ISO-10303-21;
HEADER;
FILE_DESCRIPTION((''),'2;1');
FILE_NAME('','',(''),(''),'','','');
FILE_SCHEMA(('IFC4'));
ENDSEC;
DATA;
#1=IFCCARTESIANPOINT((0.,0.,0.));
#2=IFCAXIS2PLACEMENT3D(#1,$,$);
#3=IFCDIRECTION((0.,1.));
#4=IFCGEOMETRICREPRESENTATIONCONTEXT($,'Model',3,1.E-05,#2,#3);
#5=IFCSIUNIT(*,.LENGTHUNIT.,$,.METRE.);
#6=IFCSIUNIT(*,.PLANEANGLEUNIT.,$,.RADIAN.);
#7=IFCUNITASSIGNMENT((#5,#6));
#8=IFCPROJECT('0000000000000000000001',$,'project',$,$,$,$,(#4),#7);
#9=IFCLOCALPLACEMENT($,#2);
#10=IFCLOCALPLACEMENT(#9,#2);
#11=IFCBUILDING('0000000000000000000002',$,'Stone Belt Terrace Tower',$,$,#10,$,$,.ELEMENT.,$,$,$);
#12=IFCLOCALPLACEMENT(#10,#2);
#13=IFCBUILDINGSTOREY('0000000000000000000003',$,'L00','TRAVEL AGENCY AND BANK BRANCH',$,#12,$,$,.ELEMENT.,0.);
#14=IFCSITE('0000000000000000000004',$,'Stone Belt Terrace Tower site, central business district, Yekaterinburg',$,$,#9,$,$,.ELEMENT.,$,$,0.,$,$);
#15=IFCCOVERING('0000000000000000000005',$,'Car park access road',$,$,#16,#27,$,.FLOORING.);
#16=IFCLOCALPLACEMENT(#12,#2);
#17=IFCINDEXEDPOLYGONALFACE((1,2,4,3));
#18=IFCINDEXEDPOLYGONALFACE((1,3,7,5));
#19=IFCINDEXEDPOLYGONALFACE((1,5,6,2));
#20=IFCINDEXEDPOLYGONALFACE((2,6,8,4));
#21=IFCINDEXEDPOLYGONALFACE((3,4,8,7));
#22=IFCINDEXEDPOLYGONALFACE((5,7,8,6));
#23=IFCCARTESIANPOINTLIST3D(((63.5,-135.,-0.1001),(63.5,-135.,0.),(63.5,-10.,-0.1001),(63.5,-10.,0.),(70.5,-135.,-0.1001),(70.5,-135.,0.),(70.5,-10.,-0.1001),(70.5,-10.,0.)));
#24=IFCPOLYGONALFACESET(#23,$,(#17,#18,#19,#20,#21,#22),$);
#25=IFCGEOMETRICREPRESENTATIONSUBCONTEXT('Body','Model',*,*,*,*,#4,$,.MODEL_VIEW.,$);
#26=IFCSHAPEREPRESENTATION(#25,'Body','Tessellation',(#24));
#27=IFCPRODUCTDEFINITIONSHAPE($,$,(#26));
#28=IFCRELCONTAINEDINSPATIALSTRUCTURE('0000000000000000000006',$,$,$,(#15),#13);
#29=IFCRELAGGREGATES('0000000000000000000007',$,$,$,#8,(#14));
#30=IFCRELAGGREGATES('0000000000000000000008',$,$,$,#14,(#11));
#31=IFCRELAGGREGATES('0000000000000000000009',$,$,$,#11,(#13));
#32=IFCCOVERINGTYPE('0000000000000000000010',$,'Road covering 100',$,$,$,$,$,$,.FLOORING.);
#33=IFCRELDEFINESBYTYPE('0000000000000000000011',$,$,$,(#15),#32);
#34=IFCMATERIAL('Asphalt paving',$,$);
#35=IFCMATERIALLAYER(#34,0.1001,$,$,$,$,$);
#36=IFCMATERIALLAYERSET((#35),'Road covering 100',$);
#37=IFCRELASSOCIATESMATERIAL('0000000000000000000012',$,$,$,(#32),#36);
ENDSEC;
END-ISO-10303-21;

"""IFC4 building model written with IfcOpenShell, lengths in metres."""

from ifc_helpers import new_model, si_unit, direction, frame, origin, place, context, subcontext, project, spatial, polyline, outline, extrude, material, layer, layer_set, type_object, element, save


model = new_model("IFC4")

# Units and contexts
model_context = context("Model", 3, precision=1e-05, world=origin(), true_north=direction((0.0, 1.0)))
body_context = subcontext(model_context, "Body", "Model", "MODEL_VIEW")
ifc_project = project(units=[si_unit("LENGTHUNIT", "METRE"), si_unit("PLANEANGLEUNIT", "RADIAN")], contexts=[model_context])

# Site, building, storey
site_placement = place(None, origin())
site = spatial("IfcSite", under=ifc_project, at=site_placement, Name="Stone Belt Terrace Tower site, central business district, Yekaterinburg", CompositionType="ELEMENT", RefElevation=0.0)
building_placement = place(site_placement, origin())
building = spatial("IfcBuilding", under=site, at=building_placement, Name="Stone Belt Terrace Tower", CompositionType="ELEMENT")
storey_placement = place(building_placement, origin())
storey = spatial("IfcBuildingStorey", under=building, at=storey_placement, Name="L00", Description="TRAVEL AGENCY AND BANK BRANCH", CompositionType="ELEMENT", Elevation=0.0)

# Covering
ifc_material_1 = material(Name="Asphalt paving")
ifc_layer_1 = layer(ifc_material_1, 0.1001)
ifc_layer_set_1 = layer_set([ifc_layer_1], Name="Road covering 100")
covering_type_1 = type_object("IfcCoveringType", Name="Road covering 100", PredefinedType="FLOORING", material=ifc_layer_set_1)
covering_1_placement = place(storey_placement, frame((0.0, 0.0, -0.1001)))
element("IfcCovering", 1, at=covering_1_placement, inside=storey, type_object=covering_type_1, Name="Car park access road", PredefinedType="FLOORING", context=body_context, shape_type="SweptSolid", body=[
    extrude(outline(polyline([(63.5, -135.0), (70.5, -135.0), (70.5, -10.0), (63.5, -10.0), (63.5, -135.0)])), origin(), (0.0, 0.0, 1.0), 0.1001),
])

save(model, "model.ifc")
